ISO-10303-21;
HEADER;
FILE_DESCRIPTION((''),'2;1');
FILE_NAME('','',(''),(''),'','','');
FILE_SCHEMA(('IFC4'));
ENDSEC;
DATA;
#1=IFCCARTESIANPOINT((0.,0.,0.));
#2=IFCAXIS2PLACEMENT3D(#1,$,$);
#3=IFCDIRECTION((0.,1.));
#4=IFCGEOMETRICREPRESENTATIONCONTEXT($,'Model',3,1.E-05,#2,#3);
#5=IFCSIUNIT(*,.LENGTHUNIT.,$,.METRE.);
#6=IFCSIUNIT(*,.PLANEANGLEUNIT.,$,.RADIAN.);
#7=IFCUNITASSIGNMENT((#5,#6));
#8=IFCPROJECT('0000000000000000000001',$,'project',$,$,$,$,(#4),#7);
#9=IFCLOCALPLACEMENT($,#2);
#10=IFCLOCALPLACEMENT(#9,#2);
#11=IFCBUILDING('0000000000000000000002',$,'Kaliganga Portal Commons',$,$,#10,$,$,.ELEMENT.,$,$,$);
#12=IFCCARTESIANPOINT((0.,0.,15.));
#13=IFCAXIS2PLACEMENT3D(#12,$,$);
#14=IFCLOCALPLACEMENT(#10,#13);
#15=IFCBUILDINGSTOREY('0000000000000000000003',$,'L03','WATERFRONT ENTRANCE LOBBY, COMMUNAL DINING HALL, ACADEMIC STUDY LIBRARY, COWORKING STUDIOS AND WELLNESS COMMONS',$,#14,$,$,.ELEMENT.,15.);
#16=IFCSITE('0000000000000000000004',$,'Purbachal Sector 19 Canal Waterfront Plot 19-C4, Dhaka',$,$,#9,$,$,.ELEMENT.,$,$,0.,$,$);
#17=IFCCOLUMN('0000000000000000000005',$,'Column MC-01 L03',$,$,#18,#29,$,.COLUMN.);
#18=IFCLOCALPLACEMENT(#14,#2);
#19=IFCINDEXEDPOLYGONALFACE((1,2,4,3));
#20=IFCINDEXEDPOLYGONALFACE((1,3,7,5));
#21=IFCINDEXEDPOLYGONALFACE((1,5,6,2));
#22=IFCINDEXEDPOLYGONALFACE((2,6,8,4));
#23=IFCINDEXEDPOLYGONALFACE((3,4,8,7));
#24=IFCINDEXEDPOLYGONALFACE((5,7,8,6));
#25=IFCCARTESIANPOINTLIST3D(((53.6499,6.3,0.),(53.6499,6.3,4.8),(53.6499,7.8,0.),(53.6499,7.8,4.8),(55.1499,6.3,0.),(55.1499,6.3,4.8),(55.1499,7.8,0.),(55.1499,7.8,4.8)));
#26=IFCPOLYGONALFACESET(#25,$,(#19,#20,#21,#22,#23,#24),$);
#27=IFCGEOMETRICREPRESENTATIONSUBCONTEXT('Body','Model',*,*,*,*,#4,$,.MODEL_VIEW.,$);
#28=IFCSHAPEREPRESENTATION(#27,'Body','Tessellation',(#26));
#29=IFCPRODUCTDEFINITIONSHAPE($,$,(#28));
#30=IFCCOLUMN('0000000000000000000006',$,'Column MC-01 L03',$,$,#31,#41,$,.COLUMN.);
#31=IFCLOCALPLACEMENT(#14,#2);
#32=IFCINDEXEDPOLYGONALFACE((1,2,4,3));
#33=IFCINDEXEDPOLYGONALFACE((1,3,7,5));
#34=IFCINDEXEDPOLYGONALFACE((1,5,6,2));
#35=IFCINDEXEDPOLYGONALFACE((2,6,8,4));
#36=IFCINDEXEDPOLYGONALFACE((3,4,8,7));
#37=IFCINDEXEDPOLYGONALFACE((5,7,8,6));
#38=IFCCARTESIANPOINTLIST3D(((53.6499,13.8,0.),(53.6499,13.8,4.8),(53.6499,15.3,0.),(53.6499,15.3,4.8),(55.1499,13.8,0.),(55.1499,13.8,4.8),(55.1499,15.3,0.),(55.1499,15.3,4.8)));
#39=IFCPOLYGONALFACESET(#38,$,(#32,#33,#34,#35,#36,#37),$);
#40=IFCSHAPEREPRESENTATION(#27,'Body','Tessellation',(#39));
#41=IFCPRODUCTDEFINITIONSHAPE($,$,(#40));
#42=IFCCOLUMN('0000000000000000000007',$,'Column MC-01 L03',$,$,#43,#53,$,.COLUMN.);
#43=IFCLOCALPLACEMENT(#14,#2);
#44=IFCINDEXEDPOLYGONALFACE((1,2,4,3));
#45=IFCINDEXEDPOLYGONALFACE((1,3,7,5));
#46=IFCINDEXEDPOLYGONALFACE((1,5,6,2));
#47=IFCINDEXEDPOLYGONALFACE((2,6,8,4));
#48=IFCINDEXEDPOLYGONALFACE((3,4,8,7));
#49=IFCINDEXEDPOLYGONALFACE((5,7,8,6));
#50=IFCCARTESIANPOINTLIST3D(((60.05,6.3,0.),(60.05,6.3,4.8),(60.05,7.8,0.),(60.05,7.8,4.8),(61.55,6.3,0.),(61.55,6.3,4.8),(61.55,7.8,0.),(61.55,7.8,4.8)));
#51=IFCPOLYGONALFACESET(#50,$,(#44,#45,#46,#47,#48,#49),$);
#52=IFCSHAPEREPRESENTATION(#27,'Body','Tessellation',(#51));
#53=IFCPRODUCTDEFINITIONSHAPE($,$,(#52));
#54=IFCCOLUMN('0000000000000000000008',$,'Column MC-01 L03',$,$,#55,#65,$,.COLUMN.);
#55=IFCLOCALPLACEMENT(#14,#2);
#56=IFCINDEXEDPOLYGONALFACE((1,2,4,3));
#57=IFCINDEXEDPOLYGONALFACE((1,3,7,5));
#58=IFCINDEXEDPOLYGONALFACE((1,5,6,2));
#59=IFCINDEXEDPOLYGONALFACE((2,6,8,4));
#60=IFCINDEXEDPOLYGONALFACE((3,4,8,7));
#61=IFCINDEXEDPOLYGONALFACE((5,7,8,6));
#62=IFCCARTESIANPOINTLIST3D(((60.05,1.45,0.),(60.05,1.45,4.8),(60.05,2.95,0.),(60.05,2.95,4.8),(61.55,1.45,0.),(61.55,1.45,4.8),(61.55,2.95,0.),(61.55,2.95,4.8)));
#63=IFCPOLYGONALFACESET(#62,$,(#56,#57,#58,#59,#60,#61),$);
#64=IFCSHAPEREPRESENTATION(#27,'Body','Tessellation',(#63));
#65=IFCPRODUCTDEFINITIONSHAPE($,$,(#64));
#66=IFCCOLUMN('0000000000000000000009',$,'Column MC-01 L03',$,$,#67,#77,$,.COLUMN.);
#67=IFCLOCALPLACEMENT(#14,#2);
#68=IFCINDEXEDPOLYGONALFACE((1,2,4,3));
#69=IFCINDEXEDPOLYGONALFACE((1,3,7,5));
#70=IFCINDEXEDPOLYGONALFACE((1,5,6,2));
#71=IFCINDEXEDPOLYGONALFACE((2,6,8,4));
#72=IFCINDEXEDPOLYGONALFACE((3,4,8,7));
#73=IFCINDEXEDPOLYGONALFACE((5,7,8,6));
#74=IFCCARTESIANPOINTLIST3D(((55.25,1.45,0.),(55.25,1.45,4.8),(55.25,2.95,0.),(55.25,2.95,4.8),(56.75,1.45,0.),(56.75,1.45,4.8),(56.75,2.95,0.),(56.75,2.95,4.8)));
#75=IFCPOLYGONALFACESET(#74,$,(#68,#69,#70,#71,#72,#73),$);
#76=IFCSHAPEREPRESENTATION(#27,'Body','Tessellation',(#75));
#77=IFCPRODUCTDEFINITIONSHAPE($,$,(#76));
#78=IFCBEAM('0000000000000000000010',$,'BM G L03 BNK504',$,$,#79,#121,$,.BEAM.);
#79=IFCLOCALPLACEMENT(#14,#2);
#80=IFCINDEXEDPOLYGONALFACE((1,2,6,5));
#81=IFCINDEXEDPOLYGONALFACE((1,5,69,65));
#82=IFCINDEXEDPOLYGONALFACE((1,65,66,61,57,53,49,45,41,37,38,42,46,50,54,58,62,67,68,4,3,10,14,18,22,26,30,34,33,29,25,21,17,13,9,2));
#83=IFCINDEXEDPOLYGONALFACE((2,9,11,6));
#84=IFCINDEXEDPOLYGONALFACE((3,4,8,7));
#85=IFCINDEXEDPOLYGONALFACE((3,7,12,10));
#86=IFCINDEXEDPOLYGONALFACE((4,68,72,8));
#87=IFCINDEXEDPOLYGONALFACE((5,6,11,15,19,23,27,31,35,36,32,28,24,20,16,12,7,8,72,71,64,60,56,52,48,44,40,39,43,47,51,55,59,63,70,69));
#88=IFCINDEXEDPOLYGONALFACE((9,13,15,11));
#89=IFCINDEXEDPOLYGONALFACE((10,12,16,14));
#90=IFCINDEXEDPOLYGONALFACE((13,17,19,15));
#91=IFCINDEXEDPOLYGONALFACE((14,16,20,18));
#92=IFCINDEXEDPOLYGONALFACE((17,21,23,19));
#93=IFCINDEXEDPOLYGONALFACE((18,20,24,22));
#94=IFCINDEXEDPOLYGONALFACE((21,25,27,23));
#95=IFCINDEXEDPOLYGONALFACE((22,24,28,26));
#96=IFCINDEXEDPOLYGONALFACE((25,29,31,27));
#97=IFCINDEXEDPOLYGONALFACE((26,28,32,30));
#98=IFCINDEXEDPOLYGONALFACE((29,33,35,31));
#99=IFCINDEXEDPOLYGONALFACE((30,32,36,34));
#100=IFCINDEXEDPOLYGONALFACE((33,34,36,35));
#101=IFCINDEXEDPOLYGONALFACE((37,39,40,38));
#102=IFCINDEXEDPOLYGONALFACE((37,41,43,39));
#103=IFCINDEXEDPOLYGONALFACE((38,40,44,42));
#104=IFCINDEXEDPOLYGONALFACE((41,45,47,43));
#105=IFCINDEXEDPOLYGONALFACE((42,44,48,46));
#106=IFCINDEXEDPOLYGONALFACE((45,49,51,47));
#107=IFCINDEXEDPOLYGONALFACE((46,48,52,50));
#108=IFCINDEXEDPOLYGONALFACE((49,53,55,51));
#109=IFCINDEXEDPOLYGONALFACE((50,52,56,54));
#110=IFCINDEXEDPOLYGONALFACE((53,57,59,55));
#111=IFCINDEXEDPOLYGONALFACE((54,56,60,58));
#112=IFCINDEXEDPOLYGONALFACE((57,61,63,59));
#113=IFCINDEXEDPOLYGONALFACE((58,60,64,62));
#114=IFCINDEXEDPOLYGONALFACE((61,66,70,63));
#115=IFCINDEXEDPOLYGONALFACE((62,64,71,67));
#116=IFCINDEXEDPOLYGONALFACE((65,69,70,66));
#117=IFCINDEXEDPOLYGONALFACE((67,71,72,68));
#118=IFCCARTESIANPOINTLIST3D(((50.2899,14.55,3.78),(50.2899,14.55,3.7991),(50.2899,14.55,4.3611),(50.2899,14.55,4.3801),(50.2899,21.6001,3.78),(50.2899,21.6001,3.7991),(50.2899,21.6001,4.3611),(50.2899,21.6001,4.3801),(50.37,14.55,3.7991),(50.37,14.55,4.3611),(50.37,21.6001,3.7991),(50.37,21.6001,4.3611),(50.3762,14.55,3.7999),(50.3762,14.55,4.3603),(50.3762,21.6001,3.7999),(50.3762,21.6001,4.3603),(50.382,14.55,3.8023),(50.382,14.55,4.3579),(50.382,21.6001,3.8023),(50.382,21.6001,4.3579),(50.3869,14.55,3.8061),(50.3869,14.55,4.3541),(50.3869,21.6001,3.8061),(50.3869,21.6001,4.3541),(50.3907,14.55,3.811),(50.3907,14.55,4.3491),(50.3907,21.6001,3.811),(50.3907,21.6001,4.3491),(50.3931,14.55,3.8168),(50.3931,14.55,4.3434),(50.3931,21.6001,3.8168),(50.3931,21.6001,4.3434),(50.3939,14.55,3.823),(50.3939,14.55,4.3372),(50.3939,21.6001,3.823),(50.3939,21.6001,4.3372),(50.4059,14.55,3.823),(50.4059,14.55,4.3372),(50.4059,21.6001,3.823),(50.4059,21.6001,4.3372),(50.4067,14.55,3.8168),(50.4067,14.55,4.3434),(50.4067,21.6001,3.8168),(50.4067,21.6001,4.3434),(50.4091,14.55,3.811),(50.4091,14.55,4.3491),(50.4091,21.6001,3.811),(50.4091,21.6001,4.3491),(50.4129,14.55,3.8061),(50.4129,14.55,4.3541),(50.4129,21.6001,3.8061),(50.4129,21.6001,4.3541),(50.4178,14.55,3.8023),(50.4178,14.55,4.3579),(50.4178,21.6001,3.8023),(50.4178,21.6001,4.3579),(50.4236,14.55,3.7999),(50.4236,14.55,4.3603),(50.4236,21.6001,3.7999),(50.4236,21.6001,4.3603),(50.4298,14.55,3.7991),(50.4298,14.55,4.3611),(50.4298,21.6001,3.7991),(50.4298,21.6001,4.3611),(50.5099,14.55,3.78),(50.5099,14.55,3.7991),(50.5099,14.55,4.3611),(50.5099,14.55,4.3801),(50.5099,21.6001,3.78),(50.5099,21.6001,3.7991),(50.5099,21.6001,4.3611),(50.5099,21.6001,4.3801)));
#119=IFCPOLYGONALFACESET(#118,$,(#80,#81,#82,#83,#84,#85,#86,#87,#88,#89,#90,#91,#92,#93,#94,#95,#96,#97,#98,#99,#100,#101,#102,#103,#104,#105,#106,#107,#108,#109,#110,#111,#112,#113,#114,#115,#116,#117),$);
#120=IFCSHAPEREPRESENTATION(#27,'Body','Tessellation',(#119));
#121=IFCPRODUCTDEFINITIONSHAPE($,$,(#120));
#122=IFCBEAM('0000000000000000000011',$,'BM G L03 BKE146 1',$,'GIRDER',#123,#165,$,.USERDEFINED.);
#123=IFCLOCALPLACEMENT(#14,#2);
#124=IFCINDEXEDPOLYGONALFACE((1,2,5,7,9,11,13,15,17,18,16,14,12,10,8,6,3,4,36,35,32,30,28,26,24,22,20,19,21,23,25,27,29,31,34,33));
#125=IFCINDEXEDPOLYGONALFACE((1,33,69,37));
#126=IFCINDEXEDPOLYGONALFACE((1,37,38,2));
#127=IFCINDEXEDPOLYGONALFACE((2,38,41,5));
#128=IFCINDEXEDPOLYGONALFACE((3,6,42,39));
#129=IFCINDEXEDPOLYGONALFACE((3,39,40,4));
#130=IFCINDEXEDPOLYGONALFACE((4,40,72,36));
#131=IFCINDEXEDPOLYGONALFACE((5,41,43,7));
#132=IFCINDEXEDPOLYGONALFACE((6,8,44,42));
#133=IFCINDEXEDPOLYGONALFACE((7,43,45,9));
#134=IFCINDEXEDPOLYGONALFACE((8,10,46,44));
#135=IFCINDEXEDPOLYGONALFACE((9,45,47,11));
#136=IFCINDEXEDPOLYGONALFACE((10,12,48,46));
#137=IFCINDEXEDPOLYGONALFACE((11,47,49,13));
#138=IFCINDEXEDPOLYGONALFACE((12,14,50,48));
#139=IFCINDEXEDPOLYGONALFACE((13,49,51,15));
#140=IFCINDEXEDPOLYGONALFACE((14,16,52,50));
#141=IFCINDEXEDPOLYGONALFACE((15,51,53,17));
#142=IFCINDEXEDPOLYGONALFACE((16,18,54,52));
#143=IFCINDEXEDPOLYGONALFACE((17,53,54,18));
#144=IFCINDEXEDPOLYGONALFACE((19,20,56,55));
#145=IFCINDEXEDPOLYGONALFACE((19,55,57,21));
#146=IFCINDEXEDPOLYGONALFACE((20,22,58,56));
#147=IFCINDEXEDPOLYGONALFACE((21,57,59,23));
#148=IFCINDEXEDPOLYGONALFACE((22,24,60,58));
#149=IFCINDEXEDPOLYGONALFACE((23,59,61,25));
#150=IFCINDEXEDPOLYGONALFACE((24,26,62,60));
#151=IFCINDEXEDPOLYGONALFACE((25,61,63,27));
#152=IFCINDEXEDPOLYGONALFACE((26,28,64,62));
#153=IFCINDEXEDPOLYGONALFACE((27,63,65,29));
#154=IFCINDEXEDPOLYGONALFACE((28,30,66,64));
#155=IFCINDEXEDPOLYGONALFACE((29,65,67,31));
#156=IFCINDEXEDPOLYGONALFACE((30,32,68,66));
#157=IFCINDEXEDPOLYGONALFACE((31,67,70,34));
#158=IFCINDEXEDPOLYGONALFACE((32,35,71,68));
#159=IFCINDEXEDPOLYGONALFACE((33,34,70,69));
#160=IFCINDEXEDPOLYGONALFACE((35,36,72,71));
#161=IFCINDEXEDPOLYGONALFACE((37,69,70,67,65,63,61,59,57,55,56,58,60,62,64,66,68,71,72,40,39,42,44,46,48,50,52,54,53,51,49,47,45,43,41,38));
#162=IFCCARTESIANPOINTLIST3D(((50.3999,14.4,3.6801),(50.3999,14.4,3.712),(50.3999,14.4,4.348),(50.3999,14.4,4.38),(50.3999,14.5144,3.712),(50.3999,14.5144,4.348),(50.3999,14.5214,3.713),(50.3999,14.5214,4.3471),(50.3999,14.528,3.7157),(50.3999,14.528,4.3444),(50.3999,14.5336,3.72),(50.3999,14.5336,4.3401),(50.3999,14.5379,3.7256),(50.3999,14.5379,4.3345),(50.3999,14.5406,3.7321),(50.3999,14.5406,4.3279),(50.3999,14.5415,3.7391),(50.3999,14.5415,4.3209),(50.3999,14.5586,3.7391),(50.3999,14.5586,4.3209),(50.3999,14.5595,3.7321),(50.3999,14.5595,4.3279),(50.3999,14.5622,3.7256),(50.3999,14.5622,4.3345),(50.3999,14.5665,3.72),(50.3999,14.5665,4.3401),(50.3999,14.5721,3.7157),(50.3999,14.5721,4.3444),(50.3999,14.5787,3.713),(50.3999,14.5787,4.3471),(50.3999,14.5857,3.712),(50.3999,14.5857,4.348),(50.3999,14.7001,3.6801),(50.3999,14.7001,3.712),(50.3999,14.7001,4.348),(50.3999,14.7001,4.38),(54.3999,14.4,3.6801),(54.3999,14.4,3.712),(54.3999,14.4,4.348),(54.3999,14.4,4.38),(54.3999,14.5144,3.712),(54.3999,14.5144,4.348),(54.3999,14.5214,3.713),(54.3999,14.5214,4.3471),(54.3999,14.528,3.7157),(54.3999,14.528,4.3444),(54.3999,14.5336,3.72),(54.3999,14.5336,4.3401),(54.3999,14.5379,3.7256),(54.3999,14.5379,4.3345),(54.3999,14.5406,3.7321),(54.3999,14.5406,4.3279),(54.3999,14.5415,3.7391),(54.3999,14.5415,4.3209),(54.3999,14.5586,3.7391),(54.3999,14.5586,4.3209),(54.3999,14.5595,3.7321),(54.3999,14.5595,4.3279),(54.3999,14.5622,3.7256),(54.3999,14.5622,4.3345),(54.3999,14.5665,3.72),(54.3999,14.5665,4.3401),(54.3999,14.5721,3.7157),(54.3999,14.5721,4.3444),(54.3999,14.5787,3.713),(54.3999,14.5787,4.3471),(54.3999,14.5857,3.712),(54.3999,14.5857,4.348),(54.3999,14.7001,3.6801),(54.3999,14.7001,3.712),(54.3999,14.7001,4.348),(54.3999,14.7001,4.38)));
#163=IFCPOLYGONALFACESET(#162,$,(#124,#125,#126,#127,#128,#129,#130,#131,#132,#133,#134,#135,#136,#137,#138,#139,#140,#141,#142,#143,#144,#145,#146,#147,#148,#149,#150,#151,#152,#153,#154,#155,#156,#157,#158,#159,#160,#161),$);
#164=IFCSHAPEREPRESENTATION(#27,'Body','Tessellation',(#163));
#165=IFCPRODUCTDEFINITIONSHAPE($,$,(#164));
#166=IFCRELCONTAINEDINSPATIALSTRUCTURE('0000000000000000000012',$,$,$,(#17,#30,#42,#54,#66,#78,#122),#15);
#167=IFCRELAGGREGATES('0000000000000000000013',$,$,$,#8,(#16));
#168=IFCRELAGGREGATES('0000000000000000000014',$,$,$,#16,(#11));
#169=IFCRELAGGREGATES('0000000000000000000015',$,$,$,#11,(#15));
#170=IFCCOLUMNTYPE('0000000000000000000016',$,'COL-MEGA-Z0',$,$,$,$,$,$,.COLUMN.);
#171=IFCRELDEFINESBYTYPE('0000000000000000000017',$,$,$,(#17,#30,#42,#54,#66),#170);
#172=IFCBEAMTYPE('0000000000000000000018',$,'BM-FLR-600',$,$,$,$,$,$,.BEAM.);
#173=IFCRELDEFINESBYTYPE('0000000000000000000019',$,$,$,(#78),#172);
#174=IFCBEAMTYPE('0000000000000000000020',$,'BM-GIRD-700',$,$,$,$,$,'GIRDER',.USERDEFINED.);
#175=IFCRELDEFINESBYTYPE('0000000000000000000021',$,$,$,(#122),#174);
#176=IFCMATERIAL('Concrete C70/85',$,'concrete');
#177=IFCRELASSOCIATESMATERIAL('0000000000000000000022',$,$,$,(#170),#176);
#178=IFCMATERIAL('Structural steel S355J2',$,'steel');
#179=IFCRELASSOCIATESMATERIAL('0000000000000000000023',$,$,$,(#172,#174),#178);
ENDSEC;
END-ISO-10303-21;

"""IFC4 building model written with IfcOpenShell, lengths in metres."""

from ifc_helpers import new_model, si_unit, direction, frame, origin, origin_2d, place, context, subcontext, project, spatial, rectangle, i_section, extrude, source, transform, mapped, material, material_profile, profile_set, type_object, element, save


model = new_model("IFC4")

# Units and contexts
model_context = context("Model", 3, precision=1e-05, world=origin(), true_north=direction((0.0, 1.0)))
body_context = subcontext(model_context, "Body", "Model", "MODEL_VIEW")
ifc_project = project(units=[si_unit("LENGTHUNIT", "METRE"), si_unit("PLANEANGLEUNIT", "RADIAN")], contexts=[model_context])

# Site, building, storey
site_placement = place(None, origin())
site = spatial("IfcSite", under=ifc_project, at=site_placement, Name="Purbachal Sector 19 Canal Waterfront Plot 19-C4, Dhaka", CompositionType="ELEMENT", RefElevation=0.0)
building_placement = place(site_placement, origin())
building = spatial("IfcBuilding", under=site, at=building_placement, Name="Kaliganga Portal Commons", CompositionType="ELEMENT")
storey_placement = place(building_placement, frame((0.0, 0.0, 15.0)))
storey = spatial("IfcBuildingStorey", under=building, at=storey_placement, Name="L03", Description="WATERFRONT ENTRANCE LOBBY, COMMUNAL DINING HALL, ACADEMIC STUDY LIBRARY, COWORKING STUDIOS AND WELLNESS COMMONS", CompositionType="ELEMENT", Elevation=15.0)

# Columns
ifc_material_1 = material(Name="Concrete C70/85", Category="concrete")
ifc_material_profile_1 = material_profile(ifc_material_1, rectangle(XDim=1.5, YDim=1.5, at=origin_2d()), Name="RC 1500x1500")
ifc_profile_set_1 = profile_set([ifc_material_profile_1], Name="Concrete C70/85")
column_type = type_object("IfcColumnType", Name="COL-MEGA-Z0", PredefinedType="COLUMN", material=ifc_profile_set_1)
shared_shape_1 = source(origin(), body_context, "Body", "SweptSolid", [
    extrude(rectangle(XDim=1.5, YDim=1.5, at=origin_2d()), origin(), (0.0, 0.0, 1.0), 4.8),
])
for number, where, z_axis, x_axis, name in (
    (1, (54.3999, 7.05, 0.0), (0.0, 0.0, 1.0), (1.0, 0.0, 0.0), "Column MC-01 L03"),
    (2, (54.3999, 14.55, 0.0), (0.0, 0.0, 1.0), (1.0, 0.0, 0.0), "Column MC-01 L03"),
    (3, (60.8, 7.05, 0.0), (0.0, 0.0, 1.0), (1.0, 0.0, 0.0), "Column MC-01 L03"),
    (4, (60.8, 2.2, 0.0), (0.0, 0.0, 1.0), (1.0, 0.0, 0.0), "Column MC-01 L03"),
    (5, (56.0, 2.2, 0.0), (0.0, 0.0, 1.0), (1.0, 0.0, 0.0), "Column MC-01 L03"),
):
    element("IfcColumn", number, at=place(storey_placement, frame(where, z_axis=z_axis, x_axis=x_axis)), inside=storey, type_object=column_type, Name=name, PredefinedType="COLUMN", context=body_context, shape_type="MappedRepresentation", body=[
        mapped(shared_shape_1, transform((0.0, 0.0, 0.0), x_axis=(1.0, 0.0, 0.0), y_axis=(0.0, 1.0, 0.0), z_axis=(0.0, 0.0, 1.0), scale=1.0)),
    ])

# Beams
ifc_material_2 = material(Name="Structural steel S355J2", Category="steel")
ifc_material_profile_2 = material_profile(ifc_material_2, i_section(OverallWidth=0.22, OverallDepth=0.6001, WebThickness=0.012, FlangeThickness=0.019, FilletRadius=0.0239, at=origin_2d()), Name="IPE 600")
ifc_profile_set_2 = profile_set([ifc_material_profile_2], Name="Structural steel S355J2 wide-flange")
beam_type_1 = type_object("IfcBeamType", Name="BM-FLR-600", PredefinedType="BEAM", material=ifc_profile_set_2)
shared_shape_2 = source(origin(), body_context, "Body", "SweptSolid", [
    extrude(i_section(OverallWidth=0.22, OverallDepth=0.6001, WebThickness=0.012, FlangeThickness=0.019, FilletRadius=0.0239, at=origin_2d()), origin(), (0.0, 0.0, 1.0), 7.05),
])
beam_1_placement = place(storey_placement, frame((50.3999, 14.55, 4.0801), z_axis=(0.0, 1.0, 0.0), x_axis=(-1.0, 0.0, 0.0)))
element("IfcBeam", 6, at=beam_1_placement, inside=storey, type_object=beam_type_1, Name="BM G L03 BNK504", PredefinedType="BEAM", context=body_context, shape_type="MappedRepresentation", body=[
    mapped(shared_shape_2, transform((0.0, 0.0, 0.0), x_axis=(1.0, 0.0, 0.0), y_axis=(0.0, 1.0, 0.0), z_axis=(0.0, 0.0, 1.0), scale=1.0)),
])
ifc_material_profile_3 = material_profile(ifc_material_2, i_section(OverallWidth=0.3, OverallDepth=0.7, WebThickness=0.0171, FlangeThickness=0.032, FilletRadius=0.0271, at=origin_2d()), Name="HE 700 B")
ifc_profile_set_3 = profile_set([ifc_material_profile_3], Name="Structural steel S355J2 wide-flange")
beam_type_2 = type_object("IfcBeamType", Name="BM-GIRD-700", ElementType="GIRDER", PredefinedType="USERDEFINED", material=ifc_profile_set_3)
shared_shape_3 = source(origin(), body_context, "Body", "SweptSolid", [
    extrude(i_section(OverallWidth=0.3, OverallDepth=0.7, WebThickness=0.0171, FlangeThickness=0.032, FilletRadius=0.0271, at=origin_2d()), origin(), (0.0, 0.0, 1.0), 4.0),
])
beam_2_placement = place(storey_placement, frame((50.3999, 14.55, 4.03), z_axis=(1.0, 0.0, 0.0), x_axis=(0.0, 1.0, 0.0)))
element("IfcBeam", 7, at=beam_2_placement, inside=storey, type_object=beam_type_2, Name="BM G L03 BKE146 1", ObjectType="GIRDER", PredefinedType="USERDEFINED", context=body_context, shape_type="MappedRepresentation", body=[
    mapped(shared_shape_3, transform((0.0, 0.0, 0.0), x_axis=(1.0, 0.0, 0.0), y_axis=(0.0, 1.0, 0.0), z_axis=(0.0, 0.0, 1.0), scale=1.0)),
])

save(model, "model.ifc")
